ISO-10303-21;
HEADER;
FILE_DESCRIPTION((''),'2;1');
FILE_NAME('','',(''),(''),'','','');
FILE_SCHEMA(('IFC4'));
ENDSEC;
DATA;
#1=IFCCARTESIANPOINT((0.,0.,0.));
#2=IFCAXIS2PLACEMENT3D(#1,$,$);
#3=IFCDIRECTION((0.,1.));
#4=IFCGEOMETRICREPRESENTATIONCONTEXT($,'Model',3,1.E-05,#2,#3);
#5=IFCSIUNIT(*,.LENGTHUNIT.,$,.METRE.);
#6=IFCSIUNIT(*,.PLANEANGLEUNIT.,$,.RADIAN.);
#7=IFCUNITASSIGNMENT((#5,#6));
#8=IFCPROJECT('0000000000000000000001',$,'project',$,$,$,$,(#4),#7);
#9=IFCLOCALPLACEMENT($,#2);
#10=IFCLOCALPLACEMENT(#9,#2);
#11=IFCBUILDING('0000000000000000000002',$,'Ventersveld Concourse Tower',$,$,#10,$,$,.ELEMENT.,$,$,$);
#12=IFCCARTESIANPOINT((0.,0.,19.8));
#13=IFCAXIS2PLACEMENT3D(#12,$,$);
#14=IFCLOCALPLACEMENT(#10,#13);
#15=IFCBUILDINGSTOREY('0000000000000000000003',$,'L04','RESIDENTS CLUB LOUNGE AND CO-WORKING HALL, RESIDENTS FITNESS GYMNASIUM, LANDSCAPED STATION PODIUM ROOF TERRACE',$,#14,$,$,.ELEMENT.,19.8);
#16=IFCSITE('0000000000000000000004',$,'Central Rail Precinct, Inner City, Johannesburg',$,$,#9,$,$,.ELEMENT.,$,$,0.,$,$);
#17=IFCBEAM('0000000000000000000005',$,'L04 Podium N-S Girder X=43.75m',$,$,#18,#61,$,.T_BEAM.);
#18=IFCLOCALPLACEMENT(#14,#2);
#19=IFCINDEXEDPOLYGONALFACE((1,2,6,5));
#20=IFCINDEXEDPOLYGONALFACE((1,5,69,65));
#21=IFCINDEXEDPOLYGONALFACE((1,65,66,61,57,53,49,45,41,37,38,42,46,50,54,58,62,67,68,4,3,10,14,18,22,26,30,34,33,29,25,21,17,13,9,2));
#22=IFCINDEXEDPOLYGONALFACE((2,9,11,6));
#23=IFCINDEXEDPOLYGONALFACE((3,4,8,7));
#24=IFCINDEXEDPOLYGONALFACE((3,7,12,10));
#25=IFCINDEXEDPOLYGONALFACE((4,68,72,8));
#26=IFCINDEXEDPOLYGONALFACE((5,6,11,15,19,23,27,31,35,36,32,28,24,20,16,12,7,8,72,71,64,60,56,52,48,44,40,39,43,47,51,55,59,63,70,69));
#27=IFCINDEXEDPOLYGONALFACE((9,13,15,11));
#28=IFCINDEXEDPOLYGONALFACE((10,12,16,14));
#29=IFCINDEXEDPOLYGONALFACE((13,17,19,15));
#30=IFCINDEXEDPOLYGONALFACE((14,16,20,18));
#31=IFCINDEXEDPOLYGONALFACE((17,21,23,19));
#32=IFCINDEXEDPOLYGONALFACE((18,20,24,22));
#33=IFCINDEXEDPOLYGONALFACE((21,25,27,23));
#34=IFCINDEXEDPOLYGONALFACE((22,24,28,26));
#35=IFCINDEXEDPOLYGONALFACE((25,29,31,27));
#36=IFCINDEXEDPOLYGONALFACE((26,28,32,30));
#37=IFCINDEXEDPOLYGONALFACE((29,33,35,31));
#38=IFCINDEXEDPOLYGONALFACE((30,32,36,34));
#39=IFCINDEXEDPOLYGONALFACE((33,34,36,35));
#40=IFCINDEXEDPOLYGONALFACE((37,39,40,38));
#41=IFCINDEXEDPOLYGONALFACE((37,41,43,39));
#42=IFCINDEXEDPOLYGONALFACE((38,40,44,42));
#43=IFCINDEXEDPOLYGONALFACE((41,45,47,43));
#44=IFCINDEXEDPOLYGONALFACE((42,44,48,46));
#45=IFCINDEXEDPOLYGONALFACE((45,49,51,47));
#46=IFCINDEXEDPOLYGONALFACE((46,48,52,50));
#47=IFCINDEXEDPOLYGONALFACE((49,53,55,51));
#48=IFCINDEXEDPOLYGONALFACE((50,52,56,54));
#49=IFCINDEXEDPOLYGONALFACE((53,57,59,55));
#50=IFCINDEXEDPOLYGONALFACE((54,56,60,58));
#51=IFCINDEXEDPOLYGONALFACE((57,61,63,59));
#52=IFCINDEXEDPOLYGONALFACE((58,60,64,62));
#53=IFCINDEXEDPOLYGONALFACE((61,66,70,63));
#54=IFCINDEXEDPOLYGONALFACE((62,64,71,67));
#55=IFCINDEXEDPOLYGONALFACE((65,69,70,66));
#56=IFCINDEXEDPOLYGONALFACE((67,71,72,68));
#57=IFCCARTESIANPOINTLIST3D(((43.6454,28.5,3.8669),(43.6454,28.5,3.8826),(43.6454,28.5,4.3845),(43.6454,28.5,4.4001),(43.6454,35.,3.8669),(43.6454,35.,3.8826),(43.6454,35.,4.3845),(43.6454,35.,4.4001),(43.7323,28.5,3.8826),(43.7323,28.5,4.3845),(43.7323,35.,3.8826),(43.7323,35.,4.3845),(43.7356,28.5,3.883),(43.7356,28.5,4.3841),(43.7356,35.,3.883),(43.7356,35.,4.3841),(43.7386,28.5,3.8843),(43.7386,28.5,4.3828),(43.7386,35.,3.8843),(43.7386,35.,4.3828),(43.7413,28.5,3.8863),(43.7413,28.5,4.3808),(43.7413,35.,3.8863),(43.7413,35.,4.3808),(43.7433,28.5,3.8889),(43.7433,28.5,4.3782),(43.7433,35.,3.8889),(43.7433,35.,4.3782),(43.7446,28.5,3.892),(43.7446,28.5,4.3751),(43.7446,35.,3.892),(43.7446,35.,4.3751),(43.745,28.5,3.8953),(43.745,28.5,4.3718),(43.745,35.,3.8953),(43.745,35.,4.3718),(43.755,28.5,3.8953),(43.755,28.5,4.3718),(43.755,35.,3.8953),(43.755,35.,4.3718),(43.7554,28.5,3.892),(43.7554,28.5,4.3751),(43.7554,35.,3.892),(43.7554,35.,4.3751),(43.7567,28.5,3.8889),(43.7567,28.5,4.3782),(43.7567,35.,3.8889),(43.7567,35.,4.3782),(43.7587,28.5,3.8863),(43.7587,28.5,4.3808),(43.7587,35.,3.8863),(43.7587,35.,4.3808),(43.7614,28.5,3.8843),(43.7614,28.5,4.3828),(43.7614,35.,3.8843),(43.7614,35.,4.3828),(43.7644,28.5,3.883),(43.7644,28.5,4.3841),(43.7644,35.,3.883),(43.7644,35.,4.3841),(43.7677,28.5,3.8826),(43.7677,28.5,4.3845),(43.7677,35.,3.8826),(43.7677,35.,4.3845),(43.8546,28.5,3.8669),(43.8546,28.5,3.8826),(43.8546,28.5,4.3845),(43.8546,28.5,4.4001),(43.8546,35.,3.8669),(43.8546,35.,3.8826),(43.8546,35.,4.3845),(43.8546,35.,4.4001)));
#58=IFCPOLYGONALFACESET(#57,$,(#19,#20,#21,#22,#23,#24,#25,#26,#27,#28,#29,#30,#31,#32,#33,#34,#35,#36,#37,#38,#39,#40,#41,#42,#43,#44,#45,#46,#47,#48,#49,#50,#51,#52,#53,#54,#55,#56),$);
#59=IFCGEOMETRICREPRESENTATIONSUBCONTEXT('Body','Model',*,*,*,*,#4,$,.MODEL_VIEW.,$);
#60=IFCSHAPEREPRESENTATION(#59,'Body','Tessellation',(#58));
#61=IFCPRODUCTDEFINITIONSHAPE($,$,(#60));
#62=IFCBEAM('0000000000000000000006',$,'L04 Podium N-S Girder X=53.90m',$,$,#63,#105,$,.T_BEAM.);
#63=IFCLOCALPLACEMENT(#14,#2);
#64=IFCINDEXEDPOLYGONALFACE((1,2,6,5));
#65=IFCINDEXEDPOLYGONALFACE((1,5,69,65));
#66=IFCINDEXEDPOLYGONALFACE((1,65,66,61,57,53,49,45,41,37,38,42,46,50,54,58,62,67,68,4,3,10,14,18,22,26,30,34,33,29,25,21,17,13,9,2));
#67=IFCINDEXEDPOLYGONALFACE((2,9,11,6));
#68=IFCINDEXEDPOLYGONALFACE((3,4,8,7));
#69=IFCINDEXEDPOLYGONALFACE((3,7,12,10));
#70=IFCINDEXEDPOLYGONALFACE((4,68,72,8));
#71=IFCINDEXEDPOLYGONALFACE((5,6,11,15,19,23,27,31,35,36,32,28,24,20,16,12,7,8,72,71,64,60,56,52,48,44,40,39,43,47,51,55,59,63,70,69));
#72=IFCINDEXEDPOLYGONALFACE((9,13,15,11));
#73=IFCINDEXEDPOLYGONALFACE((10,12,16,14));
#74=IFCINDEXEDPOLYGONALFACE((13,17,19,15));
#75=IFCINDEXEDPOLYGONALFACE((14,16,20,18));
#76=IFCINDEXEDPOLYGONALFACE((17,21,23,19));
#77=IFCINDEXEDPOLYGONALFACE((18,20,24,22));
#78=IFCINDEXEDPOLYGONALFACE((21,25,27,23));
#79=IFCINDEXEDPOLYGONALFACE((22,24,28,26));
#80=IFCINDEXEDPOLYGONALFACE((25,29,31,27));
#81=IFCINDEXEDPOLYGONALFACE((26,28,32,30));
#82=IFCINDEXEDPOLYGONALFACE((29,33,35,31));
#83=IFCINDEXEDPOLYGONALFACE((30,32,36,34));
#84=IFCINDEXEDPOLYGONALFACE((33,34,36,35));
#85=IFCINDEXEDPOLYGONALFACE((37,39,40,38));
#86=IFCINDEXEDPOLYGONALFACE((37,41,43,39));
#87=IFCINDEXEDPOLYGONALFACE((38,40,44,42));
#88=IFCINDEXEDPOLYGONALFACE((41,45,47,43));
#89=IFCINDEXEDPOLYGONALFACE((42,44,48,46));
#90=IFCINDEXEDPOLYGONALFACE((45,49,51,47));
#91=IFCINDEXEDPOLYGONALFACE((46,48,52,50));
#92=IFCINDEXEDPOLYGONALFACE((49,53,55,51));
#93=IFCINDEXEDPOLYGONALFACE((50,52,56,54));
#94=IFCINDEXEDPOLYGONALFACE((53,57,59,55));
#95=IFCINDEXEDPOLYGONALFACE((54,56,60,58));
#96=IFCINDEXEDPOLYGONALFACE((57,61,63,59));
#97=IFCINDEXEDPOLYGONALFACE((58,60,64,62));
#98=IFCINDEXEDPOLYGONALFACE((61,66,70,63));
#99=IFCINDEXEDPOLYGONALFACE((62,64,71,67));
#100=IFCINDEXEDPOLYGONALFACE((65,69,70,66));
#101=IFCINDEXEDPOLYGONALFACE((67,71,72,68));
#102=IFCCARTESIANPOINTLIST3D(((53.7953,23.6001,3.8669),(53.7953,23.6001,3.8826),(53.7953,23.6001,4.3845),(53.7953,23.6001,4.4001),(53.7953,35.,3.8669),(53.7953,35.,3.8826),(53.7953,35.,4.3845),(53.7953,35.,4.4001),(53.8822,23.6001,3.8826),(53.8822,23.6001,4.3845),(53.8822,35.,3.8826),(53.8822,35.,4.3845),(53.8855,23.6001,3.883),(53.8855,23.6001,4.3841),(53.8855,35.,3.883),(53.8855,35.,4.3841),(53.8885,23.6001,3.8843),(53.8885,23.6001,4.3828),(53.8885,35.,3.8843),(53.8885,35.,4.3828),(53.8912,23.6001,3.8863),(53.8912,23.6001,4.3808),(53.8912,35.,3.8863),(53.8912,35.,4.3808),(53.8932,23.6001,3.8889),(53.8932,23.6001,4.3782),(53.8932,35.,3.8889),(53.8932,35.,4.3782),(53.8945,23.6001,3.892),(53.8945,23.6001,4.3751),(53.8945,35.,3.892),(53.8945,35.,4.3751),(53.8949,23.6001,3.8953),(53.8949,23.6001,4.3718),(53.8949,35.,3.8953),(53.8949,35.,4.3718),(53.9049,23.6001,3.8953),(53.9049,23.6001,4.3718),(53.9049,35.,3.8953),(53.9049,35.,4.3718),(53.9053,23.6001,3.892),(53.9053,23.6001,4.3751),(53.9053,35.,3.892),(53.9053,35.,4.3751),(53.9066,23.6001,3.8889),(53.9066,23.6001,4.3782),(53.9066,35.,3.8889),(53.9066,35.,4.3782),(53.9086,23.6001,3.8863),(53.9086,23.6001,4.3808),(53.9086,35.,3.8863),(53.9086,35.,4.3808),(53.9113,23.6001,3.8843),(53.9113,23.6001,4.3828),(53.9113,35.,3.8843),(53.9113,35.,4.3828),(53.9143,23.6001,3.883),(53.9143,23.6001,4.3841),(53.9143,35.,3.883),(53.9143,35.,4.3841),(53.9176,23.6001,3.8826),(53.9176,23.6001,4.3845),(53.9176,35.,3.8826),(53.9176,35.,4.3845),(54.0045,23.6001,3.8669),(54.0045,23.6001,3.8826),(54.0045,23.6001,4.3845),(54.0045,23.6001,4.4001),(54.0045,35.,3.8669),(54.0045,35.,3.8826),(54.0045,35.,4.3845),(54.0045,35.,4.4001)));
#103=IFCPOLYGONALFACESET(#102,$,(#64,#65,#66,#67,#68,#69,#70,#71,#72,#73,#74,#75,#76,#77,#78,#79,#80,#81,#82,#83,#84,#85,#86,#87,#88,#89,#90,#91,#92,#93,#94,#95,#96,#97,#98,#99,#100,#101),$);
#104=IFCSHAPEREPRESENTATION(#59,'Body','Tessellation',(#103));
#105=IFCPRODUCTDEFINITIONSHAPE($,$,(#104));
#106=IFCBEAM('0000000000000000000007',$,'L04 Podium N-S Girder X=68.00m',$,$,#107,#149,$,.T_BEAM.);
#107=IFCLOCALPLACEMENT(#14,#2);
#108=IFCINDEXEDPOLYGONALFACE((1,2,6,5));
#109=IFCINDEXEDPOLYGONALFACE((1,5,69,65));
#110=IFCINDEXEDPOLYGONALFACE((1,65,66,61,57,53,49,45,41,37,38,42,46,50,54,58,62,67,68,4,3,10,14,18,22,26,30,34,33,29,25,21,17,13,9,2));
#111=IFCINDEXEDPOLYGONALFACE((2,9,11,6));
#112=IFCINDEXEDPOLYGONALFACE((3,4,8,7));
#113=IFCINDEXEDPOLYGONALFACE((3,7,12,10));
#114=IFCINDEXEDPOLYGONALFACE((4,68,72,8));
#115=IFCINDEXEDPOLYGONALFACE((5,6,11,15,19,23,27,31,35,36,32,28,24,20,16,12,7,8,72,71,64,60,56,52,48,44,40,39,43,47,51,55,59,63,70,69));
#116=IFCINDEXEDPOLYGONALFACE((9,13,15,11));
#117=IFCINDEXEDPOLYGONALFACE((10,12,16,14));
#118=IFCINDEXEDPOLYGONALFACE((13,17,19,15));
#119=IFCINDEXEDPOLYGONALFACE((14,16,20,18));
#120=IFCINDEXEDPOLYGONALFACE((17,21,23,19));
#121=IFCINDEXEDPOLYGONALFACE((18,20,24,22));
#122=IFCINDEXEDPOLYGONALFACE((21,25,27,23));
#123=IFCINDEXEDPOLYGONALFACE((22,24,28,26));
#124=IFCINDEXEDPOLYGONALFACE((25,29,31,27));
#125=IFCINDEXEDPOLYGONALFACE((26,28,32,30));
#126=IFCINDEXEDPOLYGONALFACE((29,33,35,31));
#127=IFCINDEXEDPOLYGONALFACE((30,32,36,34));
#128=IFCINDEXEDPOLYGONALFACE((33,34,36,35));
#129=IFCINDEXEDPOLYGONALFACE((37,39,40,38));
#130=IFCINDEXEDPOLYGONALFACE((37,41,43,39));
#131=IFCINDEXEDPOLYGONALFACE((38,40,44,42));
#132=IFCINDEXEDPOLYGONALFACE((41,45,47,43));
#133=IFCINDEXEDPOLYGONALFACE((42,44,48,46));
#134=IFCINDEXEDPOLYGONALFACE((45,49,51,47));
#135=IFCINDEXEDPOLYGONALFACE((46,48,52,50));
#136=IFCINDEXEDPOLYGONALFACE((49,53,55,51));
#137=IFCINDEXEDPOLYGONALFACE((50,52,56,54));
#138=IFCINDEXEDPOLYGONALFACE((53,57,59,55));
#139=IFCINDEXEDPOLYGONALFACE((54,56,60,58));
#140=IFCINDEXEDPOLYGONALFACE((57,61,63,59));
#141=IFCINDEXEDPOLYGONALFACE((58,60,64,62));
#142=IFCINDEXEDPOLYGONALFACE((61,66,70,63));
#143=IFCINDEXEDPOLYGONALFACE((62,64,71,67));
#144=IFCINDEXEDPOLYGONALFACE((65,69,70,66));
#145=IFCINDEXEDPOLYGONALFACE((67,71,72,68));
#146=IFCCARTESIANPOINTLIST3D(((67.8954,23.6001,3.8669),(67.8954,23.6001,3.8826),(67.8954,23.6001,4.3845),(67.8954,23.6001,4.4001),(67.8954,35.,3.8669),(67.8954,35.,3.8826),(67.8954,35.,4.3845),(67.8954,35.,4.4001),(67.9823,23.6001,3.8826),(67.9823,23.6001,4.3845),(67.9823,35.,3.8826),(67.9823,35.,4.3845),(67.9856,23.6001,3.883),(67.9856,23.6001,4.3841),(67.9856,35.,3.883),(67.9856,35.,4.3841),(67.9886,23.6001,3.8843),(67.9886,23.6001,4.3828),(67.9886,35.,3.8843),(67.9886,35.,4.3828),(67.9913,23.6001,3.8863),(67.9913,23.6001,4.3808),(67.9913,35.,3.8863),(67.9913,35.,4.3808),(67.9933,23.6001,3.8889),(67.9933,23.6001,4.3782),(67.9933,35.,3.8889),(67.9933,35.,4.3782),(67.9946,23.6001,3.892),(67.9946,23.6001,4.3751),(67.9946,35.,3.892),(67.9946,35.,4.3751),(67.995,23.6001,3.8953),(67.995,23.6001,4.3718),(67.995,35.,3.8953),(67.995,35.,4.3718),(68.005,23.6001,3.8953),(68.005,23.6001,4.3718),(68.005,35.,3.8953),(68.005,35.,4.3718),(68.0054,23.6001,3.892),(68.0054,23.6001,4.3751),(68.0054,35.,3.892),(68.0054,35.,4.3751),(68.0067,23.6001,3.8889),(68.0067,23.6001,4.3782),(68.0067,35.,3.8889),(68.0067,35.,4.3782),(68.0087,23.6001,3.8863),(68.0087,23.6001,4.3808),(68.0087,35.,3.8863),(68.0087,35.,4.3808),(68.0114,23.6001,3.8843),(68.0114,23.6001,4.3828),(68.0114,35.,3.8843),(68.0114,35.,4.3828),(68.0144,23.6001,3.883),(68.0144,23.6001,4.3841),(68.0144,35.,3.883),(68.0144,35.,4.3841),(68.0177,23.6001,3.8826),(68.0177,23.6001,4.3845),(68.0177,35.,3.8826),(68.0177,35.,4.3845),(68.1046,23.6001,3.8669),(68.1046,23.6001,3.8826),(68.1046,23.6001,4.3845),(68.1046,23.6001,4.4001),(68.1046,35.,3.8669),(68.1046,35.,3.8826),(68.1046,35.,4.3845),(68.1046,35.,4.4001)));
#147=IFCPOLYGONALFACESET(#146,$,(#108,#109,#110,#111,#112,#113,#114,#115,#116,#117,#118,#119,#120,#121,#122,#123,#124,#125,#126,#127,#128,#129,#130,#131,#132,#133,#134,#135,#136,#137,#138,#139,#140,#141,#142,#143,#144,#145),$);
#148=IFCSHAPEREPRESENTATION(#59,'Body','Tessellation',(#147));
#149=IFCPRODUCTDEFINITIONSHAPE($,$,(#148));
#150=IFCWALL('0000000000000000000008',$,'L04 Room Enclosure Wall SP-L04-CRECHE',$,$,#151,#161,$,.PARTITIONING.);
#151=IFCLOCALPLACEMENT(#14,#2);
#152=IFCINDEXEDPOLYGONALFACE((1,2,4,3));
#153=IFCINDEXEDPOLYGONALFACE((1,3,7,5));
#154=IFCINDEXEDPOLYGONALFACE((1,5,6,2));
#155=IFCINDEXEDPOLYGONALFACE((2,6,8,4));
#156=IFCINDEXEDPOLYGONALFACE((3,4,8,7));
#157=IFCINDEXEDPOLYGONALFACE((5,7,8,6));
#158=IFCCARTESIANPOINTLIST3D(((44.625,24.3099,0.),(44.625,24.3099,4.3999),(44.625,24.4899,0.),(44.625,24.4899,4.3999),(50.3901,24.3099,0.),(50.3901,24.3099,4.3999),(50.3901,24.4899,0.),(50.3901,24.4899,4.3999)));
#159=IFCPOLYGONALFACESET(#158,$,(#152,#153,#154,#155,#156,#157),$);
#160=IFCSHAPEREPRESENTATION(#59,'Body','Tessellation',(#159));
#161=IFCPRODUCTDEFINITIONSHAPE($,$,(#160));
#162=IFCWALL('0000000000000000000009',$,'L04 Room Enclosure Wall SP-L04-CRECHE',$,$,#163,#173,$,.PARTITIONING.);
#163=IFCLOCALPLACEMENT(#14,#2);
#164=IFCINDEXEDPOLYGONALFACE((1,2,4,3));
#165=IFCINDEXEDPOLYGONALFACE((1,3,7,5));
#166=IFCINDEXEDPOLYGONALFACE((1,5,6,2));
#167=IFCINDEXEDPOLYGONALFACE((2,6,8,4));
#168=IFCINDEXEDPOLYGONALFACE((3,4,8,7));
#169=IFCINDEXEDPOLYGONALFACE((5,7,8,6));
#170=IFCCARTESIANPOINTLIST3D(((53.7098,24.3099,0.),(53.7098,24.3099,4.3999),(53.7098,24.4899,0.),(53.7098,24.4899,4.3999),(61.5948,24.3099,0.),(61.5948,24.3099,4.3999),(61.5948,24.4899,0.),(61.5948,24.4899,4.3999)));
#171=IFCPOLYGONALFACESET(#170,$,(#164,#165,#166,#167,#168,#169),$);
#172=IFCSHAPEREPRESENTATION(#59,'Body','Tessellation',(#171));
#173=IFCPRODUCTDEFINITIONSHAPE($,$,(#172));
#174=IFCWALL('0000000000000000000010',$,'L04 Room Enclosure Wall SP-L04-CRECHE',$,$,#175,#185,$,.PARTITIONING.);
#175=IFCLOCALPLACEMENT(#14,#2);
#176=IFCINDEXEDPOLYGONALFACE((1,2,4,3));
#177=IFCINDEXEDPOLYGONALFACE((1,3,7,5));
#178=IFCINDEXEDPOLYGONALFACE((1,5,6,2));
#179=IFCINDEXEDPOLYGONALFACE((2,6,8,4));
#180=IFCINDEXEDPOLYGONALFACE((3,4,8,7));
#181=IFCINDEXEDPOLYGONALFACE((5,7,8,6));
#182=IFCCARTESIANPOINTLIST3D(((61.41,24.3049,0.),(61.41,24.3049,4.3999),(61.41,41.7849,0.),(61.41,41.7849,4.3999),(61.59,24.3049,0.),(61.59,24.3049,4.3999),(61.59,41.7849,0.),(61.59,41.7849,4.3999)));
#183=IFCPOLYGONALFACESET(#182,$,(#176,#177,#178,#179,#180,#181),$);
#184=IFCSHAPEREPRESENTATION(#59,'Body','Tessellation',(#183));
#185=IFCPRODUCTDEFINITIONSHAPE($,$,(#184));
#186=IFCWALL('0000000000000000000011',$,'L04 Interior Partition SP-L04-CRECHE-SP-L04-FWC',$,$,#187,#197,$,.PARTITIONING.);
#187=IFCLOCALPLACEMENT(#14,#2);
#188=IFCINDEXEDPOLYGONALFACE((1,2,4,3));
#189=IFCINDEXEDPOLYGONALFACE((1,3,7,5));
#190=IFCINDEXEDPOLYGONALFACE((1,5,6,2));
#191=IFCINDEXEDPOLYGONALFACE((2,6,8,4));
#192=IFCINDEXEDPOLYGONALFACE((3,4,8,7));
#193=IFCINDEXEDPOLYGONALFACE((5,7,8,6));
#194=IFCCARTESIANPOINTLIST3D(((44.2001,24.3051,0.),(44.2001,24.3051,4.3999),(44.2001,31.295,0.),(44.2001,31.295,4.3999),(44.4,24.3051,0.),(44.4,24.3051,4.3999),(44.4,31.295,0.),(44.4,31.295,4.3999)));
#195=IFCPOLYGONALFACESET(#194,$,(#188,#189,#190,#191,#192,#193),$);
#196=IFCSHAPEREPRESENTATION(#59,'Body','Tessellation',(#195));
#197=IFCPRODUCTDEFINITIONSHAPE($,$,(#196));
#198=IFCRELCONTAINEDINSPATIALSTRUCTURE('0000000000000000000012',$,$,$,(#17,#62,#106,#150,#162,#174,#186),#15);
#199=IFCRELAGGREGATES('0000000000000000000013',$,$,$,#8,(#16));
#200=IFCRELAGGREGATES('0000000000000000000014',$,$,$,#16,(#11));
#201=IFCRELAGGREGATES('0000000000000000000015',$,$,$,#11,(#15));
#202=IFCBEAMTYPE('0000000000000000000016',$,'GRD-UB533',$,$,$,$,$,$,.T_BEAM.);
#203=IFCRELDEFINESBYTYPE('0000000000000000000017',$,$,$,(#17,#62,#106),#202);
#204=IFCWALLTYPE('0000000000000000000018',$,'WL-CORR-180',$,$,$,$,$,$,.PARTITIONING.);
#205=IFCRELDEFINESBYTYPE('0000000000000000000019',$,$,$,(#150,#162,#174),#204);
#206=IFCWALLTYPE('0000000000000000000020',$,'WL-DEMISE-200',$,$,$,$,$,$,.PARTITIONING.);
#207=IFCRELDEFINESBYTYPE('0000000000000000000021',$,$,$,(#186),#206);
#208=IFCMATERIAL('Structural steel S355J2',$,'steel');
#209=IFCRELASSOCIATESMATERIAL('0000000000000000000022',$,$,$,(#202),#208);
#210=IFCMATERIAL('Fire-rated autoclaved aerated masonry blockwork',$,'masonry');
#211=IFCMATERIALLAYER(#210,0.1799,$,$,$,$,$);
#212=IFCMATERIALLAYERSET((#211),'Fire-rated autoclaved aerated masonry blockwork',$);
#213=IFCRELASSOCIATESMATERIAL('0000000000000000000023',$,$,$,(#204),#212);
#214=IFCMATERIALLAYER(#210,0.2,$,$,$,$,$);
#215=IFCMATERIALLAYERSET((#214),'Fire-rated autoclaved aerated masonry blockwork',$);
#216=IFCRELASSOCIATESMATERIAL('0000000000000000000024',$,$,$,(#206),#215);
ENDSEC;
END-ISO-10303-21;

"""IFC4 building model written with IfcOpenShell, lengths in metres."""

from ifc_helpers import new_model, si_unit, direction, frame, frame_2d, origin, origin_2d, place, context, subcontext, project, spatial, rectangle, i_section, extrude, material, layer, layer_set, material_profile, profile_set, type_object, element, save


model = new_model("IFC4")

# Units and contexts
model_context = context("Model", 3, precision=1e-05, world=origin(), true_north=direction((0.0, 1.0)))
body_context = subcontext(model_context, "Body", "Model", "MODEL_VIEW")
ifc_project = project(units=[si_unit("LENGTHUNIT", "METRE"), si_unit("PLANEANGLEUNIT", "RADIAN")], contexts=[model_context])

# Site, building, storey
site_placement = place(None, origin())
site = spatial("IfcSite", under=ifc_project, at=site_placement, Name="Central Rail Precinct, Inner City, Johannesburg", CompositionType="ELEMENT", RefElevation=0.0)
building_placement = place(site_placement, origin())
building = spatial("IfcBuilding", under=site, at=building_placement, Name="Ventersveld Concourse Tower", CompositionType="ELEMENT")
storey_placement = place(building_placement, frame((0.0, 0.0, 19.8)))
storey = spatial("IfcBuildingStorey", under=building, at=storey_placement, Name="L04", Description="RESIDENTS CLUB LOUNGE AND CO-WORKING HALL, RESIDENTS FITNESS GYMNASIUM, LANDSCAPED STATION PODIUM ROOF TERRACE", CompositionType="ELEMENT", Elevation=19.8)

# Beams
ifc_material_1 = material(Name="Structural steel S355J2", Category="steel")
ifc_material_profile_1 = material_profile(ifc_material_1, i_section(OverallWidth=0.2092, OverallDepth=0.5332, WebThickness=0.01, FlangeThickness=0.0156, FilletRadius=0.0127, at=origin_2d()), Name="UB 533x210x92")
ifc_profile_set_1 = profile_set([ifc_material_profile_1], Name="Structural steel S355J2")
beam_type_1 = type_object("IfcBeamType", Name="GRD-UB533", PredefinedType="T_BEAM", material=ifc_profile_set_1)
beam_1_placement = place(storey_placement, frame((43.75, 28.5, 4.1335), z_axis=(0.0, 1.0, 0.0), x_axis=(-1.0, 0.0, 0.0)))
element("IfcBeam", 1, at=beam_1_placement, inside=storey, type_object=beam_type_1, Name="L04 Podium N-S Girder X=43.75m", PredefinedType="T_BEAM", context=body_context, shape_type="SweptSolid", body=[
    extrude(i_section(OverallWidth=0.2092, OverallDepth=0.5332, WebThickness=0.01, FlangeThickness=0.0156, FilletRadius=0.0127, at=origin_2d()), origin(), (0.0, 0.0, 1.0), 6.5),
])
for number, where, z_axis, x_axis, name in (
    (2, (53.8999, 23.6001, 4.1335), (0.0, 1.0, 0.0), (-1.0, 0.0, 0.0), "L04 Podium N-S Girder X=53.90m"),
    (3, (68.0, 23.6001, 4.1335), (0.0, 1.0, 0.0), (-1.0, 0.0, 0.0), "L04 Podium N-S Girder X=68.00m"),
):
    element("IfcBeam", number, at=place(storey_placement, frame(where, z_axis=z_axis, x_axis=x_axis)), inside=storey, type_object=beam_type_1, Name=name, PredefinedType="T_BEAM", context=body_context, shape_type="SweptSolid", body=[
        extrude(i_section(OverallWidth=0.2092, OverallDepth=0.5332, WebThickness=0.01, FlangeThickness=0.0156, FilletRadius=0.0127, at=origin_2d()), origin(), (0.0, 0.0, 1.0), 11.3999),
    ])

# Shared definitions
ifc_material_2 = material(Name="Fire-rated autoclaved aerated masonry blockwork", Category="masonry")
ifc_layer_1 = layer(ifc_material_2, 0.1799)
ifc_layer_set_1 = layer_set([ifc_layer_1], Name="Fire-rated autoclaved aerated masonry blockwork")
wall_type_1 = type_object("IfcWallType", Name="WL-CORR-180", PredefinedType="PARTITIONING", material=ifc_layer_set_1)

# Walls
wall_1_placement = place(storey_placement, frame((44.625, 24.3999, 0.0), z_axis=(0.0, 0.0, 1.0), x_axis=(1.0, 0.0, 0.0)))
element("IfcWall", 4, at=wall_1_placement, inside=storey, type_object=wall_type_1, Name="L04 Room Enclosure Wall SP-L04-CRECHE", PredefinedType="PARTITIONING", context=body_context, shape_type="SweptSolid", body=[
    extrude(rectangle(XDim=5.7651, YDim=0.1799, at=frame_2d((2.8826, 0.0))), origin(), (0.0, 0.0, 1.0), 4.3999),
])
wall_2_placement = place(storey_placement, frame((53.71, 24.3999, 0.0), z_axis=(0.0, 0.0, 1.0), x_axis=(1.0, 0.0, 0.0)))
element("IfcWall", 5, at=wall_2_placement, inside=storey, type_object=wall_type_1, Name="L04 Room Enclosure Wall SP-L04-CRECHE", PredefinedType="PARTITIONING", context=body_context, shape_type="SweptSolid", body=[
    extrude(rectangle(XDim=7.885, YDim=0.1799, at=frame_2d((3.9424, 0.0))), origin(), (0.0, 0.0, 1.0), 4.3999),
])
wall_3_placement = place(storey_placement, frame((61.5, 24.3049, 0.0), z_axis=(0.0, 0.0, 1.0), x_axis=(0.0, 1.0, 0.0)))
element("IfcWall", 6, at=wall_3_placement, inside=storey, type_object=wall_type_1, Name="L04 Room Enclosure Wall SP-L04-CRECHE", PredefinedType="PARTITIONING", context=body_context, shape_type="SweptSolid", body=[
    extrude(rectangle(XDim=17.48, YDim=0.1799, at=frame_2d((8.74, 0.0))), origin(), (0.0, 0.0, 1.0), 4.3999),
])
ifc_layer_2 = layer(ifc_material_2, 0.2)
ifc_layer_set_2 = layer_set([ifc_layer_2], Name="Fire-rated autoclaved aerated masonry blockwork")
wall_type_2 = type_object("IfcWallType", Name="WL-DEMISE-200", PredefinedType="PARTITIONING", material=ifc_layer_set_2)
wall_4_placement = place(storey_placement, frame((44.3, 24.3049, 0.0), z_axis=(0.0, 0.0, 1.0), x_axis=(0.0, 1.0, 0.0)))
element("IfcWall", 7, at=wall_4_placement, inside=storey, type_object=wall_type_2, Name="L04 Interior Partition SP-L04-CRECHE-SP-L04-FWC", PredefinedType="PARTITIONING", context=body_context, shape_type="SweptSolid", body=[
    extrude(rectangle(XDim=6.99, YDim=0.2, at=frame_2d((3.4951, 0.0))), origin(), (0.0, 0.0, 1.0), 4.3999),
])

save(model, "model.ifc")
